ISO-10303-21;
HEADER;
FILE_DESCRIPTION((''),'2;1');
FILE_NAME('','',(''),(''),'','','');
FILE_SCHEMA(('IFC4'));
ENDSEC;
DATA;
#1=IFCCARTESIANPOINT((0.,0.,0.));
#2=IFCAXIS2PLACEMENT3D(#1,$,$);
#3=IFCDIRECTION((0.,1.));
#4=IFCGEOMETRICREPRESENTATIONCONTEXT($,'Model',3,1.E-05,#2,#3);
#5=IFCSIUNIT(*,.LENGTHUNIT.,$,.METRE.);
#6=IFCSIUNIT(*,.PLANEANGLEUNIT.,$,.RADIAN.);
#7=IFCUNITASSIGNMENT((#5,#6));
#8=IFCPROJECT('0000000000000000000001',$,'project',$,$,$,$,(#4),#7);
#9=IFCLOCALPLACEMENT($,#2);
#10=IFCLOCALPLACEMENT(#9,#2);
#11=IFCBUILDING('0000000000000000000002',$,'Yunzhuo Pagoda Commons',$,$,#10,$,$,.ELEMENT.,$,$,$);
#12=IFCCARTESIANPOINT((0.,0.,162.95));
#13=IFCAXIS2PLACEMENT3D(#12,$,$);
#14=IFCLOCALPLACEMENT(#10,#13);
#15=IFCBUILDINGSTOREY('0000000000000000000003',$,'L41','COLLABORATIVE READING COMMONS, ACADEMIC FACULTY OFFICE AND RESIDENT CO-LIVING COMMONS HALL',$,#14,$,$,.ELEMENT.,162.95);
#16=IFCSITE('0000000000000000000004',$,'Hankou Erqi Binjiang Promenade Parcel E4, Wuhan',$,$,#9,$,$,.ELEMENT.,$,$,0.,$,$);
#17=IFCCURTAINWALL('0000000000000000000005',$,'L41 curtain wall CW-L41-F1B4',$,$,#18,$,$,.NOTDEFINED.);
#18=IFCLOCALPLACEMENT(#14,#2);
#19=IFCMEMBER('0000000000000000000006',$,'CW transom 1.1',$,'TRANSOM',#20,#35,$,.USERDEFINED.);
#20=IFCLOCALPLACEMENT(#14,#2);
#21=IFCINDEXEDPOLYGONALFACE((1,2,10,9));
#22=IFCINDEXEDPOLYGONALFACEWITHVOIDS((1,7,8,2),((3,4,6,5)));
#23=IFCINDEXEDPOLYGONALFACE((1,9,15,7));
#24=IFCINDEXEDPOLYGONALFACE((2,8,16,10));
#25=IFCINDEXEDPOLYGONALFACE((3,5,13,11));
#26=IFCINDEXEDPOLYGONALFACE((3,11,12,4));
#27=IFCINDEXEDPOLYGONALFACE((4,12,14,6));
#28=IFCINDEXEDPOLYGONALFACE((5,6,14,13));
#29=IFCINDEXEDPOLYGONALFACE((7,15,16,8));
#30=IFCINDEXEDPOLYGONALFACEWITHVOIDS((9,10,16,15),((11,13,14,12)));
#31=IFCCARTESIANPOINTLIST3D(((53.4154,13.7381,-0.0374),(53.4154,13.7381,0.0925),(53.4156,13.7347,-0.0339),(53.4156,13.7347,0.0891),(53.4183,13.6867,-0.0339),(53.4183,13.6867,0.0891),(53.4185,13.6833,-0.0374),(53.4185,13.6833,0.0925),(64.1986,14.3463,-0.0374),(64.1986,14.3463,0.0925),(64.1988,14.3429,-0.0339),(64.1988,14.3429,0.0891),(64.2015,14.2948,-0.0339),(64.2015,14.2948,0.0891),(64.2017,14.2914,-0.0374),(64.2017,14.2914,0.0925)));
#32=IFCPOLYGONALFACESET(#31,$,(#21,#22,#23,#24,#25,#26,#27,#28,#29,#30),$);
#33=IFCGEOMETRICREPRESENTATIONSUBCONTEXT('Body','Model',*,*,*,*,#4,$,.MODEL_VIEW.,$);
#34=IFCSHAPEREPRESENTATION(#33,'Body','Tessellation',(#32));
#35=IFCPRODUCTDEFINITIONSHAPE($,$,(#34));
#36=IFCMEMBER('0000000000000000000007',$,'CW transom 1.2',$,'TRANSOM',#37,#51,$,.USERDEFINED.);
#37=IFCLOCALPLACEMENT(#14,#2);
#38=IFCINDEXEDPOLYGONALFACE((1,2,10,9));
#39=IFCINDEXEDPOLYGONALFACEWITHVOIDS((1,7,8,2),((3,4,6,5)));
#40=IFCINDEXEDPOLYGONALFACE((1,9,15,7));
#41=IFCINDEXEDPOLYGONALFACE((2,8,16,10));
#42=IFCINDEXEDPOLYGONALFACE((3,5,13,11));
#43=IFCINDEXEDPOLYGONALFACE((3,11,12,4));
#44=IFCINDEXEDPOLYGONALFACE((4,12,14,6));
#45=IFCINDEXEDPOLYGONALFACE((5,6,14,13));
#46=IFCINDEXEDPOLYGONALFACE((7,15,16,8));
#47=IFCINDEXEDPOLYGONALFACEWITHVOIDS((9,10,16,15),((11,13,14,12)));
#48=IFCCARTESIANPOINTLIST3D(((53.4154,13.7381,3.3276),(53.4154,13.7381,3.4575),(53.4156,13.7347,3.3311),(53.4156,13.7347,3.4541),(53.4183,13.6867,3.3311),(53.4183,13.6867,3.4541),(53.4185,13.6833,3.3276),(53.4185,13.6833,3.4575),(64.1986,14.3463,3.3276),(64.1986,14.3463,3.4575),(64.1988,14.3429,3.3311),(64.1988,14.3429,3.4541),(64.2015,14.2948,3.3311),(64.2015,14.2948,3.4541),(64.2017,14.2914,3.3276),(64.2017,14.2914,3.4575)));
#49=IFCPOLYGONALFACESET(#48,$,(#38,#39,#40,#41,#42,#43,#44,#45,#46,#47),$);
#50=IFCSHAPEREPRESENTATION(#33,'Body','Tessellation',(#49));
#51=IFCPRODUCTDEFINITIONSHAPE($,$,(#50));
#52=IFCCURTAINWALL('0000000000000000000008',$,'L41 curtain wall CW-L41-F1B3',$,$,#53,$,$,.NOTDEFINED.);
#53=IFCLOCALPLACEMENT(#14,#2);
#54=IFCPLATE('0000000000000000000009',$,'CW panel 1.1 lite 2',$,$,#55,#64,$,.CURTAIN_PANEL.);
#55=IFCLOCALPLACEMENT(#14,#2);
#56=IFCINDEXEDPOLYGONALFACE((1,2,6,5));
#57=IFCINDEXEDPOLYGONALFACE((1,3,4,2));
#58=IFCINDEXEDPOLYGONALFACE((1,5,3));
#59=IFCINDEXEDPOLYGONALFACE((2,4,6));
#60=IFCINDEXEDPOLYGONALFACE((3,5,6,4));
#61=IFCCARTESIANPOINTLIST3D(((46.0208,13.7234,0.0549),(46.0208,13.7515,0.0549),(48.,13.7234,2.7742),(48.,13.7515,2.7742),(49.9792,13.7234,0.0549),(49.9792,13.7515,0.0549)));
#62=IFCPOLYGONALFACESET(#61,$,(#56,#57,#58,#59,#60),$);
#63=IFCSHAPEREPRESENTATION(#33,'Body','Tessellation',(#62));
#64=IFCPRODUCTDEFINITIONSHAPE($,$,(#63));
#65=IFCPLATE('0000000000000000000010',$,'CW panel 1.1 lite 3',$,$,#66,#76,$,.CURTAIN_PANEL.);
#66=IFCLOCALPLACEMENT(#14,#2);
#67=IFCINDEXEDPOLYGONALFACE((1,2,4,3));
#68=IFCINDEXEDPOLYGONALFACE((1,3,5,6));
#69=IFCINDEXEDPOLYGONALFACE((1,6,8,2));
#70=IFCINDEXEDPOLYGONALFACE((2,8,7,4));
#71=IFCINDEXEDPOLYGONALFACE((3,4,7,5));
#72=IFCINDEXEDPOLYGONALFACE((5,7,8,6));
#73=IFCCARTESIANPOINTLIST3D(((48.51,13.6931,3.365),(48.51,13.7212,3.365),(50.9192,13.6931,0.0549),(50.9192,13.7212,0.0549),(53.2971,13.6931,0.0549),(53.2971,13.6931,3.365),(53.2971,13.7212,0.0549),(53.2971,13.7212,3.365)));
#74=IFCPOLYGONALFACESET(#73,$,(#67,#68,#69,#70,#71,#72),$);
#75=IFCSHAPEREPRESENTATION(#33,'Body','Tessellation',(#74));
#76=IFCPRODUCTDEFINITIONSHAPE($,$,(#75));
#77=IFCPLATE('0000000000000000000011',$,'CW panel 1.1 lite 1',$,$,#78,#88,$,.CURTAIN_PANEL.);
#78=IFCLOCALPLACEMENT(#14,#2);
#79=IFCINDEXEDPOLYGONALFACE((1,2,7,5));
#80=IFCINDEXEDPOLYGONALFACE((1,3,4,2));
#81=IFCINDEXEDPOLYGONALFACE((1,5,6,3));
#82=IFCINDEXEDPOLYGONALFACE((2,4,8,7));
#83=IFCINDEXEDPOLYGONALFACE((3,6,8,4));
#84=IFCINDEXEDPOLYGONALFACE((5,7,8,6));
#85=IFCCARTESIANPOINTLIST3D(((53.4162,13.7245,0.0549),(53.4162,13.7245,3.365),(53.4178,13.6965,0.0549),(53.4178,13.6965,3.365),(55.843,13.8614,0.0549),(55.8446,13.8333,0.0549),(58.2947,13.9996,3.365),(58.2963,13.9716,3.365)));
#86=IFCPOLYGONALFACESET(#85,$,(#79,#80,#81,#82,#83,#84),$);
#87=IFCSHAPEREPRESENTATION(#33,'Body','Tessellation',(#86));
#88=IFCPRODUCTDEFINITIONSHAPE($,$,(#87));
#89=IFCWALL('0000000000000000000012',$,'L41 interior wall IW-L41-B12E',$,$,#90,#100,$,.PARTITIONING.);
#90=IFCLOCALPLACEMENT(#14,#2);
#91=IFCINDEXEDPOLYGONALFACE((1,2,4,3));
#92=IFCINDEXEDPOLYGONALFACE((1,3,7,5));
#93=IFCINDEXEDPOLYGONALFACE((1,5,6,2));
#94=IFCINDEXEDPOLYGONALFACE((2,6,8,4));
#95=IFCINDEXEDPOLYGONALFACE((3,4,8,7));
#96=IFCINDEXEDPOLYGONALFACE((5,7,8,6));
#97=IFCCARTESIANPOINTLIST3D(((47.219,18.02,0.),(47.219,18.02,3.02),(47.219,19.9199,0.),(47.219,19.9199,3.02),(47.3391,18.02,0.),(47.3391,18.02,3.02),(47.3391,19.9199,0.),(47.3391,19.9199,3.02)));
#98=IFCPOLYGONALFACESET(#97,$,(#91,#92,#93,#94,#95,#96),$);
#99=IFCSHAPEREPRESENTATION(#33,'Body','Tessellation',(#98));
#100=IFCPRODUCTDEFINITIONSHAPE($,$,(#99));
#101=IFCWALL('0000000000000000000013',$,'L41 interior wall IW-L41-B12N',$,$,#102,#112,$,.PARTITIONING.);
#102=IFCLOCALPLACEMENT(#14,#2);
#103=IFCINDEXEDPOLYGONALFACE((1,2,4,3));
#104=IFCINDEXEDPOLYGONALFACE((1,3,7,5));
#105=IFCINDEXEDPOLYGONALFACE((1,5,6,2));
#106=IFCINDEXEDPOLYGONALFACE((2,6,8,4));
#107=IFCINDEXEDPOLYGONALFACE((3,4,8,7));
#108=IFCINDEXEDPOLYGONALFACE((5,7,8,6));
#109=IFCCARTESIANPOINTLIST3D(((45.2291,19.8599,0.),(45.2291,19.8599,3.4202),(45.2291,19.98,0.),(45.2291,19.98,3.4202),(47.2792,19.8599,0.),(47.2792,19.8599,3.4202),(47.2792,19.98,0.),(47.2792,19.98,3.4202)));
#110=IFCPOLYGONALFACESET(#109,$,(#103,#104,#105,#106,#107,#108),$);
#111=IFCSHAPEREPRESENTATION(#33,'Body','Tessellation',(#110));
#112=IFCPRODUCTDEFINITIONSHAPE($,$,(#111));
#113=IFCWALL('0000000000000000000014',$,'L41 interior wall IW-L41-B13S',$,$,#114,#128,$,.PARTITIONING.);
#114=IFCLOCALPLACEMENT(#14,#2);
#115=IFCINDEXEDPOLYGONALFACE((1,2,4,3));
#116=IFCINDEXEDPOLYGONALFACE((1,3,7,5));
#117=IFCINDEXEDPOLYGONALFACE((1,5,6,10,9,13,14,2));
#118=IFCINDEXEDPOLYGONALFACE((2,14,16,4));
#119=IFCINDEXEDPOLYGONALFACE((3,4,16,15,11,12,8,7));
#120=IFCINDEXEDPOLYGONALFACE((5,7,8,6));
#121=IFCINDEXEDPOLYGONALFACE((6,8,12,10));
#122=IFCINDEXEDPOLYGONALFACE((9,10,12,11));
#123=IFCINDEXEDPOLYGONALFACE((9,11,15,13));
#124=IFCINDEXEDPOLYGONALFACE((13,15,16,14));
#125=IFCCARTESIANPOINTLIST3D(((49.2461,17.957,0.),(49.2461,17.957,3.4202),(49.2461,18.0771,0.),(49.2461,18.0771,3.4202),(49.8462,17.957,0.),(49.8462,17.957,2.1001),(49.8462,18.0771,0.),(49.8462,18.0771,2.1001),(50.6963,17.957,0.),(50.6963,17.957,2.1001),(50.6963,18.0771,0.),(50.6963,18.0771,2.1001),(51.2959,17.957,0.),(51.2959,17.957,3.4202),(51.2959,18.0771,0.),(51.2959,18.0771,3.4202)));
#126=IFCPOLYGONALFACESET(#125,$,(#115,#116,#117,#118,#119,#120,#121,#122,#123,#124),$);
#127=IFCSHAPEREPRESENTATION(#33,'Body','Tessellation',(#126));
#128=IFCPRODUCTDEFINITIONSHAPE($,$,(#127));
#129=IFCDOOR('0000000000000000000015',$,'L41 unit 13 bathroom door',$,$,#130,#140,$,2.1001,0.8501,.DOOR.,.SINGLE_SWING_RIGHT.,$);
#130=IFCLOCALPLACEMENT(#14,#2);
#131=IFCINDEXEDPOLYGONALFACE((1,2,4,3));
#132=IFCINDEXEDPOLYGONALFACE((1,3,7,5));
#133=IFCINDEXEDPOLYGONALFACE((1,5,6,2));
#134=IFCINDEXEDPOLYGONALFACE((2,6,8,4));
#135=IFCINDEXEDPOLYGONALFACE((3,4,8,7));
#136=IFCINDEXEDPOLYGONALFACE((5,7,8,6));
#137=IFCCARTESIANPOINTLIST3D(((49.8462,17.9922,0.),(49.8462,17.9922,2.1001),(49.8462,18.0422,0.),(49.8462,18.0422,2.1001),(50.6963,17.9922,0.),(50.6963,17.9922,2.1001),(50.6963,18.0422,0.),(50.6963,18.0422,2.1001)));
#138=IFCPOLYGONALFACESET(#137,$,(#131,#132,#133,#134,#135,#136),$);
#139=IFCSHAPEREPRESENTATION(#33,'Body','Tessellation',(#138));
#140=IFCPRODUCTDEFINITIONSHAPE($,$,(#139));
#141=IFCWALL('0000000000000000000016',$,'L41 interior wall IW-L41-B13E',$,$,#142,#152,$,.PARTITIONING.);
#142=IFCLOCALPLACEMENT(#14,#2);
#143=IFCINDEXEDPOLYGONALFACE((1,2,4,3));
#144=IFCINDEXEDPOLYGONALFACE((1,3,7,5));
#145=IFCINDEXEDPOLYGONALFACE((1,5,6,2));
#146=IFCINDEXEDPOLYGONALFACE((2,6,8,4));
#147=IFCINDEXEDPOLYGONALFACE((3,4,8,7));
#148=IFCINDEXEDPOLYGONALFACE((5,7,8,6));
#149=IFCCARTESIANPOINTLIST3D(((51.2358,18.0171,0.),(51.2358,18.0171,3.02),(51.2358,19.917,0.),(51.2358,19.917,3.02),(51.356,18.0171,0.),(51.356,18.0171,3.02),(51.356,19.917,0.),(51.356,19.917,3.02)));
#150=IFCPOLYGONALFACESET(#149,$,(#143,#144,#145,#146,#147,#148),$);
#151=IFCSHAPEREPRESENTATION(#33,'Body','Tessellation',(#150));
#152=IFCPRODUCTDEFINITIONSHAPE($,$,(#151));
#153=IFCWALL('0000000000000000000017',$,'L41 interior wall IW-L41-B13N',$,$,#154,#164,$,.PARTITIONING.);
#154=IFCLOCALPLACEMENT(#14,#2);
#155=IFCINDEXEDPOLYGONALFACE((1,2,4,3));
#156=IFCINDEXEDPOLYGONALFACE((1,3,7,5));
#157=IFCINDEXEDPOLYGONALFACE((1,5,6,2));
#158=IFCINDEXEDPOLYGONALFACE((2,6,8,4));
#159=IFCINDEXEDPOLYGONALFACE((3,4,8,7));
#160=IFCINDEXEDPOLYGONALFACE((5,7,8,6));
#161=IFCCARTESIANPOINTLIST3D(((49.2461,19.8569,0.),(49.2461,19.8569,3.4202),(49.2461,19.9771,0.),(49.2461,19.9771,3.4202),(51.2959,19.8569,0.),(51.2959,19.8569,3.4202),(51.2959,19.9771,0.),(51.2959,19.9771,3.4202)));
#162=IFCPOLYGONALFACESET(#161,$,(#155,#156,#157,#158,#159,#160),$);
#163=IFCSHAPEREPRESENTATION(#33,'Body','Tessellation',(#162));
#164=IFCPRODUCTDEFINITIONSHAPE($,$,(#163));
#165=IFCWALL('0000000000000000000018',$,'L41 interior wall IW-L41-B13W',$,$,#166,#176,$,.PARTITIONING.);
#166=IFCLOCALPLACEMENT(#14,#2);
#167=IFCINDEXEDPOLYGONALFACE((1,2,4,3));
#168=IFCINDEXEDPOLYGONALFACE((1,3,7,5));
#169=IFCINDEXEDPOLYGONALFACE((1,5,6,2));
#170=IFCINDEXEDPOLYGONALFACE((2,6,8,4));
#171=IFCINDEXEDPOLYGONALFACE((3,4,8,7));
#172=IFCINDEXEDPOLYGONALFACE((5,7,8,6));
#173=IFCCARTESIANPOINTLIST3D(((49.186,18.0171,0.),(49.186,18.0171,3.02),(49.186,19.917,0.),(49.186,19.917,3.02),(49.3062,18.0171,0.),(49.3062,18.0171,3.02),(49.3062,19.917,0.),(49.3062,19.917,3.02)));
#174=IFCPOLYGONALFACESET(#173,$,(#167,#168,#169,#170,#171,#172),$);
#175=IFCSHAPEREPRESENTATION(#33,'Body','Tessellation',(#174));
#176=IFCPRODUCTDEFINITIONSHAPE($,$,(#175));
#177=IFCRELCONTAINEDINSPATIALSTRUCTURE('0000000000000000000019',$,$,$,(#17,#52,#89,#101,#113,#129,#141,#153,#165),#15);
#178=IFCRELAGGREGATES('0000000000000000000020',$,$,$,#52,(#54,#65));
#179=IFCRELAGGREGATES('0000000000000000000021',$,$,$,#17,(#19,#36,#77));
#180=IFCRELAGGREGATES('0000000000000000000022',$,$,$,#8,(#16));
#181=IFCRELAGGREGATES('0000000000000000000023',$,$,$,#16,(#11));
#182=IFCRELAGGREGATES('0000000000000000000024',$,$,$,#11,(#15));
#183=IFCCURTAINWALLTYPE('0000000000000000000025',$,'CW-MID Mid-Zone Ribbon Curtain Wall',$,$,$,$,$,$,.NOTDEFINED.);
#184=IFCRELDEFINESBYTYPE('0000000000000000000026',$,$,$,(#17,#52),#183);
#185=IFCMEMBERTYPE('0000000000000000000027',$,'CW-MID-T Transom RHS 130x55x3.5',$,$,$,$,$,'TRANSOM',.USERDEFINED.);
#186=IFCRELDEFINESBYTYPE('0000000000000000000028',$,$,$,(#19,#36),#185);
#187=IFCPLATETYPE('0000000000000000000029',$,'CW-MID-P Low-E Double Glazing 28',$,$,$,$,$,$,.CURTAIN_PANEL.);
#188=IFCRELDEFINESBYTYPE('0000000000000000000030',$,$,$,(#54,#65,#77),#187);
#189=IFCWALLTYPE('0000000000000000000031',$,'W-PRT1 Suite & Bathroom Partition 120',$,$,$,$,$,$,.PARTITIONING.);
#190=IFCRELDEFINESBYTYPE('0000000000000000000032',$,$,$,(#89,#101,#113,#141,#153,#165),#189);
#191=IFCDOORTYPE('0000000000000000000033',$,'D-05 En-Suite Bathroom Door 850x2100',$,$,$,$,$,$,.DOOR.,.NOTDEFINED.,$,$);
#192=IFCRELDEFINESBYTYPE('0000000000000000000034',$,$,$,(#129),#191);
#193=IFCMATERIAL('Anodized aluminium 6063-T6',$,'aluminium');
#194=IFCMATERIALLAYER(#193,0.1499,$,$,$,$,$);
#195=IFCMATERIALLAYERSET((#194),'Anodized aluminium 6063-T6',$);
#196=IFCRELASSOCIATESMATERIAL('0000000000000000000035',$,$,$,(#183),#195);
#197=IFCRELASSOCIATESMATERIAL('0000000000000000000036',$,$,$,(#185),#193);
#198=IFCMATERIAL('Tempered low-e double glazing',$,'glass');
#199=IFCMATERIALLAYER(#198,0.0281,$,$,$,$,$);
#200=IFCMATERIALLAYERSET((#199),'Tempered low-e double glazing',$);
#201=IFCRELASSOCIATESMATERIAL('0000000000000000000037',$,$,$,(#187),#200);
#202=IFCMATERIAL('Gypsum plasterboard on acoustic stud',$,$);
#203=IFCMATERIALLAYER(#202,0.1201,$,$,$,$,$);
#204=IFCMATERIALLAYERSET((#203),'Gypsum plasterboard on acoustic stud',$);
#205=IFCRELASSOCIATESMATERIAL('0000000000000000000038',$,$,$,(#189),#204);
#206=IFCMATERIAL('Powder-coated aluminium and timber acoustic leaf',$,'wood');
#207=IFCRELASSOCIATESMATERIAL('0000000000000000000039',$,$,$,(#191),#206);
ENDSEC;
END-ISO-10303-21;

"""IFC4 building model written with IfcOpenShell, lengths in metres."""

from ifc_helpers import new_model, si_unit, direction, frame, frame_2d, origin, origin_2d, place, context, subcontext, project, spatial, polyline, rectangle, hollow_rectangle, outline, extrude, source, transform, mapped, material, layer, layer_set, material_profile, profile_set, type_object, element, fill, aggregate, save


model = new_model("IFC4")

# Units and contexts
model_context = context("Model", 3, precision=1e-05, world=origin(), true_north=direction((0.0, 1.0)))
body_context = subcontext(model_context, "Body", "Model", "MODEL_VIEW")
ifc_project = project(units=[si_unit("LENGTHUNIT", "METRE"), si_unit("PLANEANGLEUNIT", "RADIAN")], contexts=[model_context])

# Site, building, storey
site_placement = place(None, origin())
site = spatial("IfcSite", under=ifc_project, at=site_placement, Name="Hankou Erqi Binjiang Promenade Parcel E4, Wuhan", CompositionType="ELEMENT", RefElevation=0.0)
building_placement = place(site_placement, origin())
building = spatial("IfcBuilding", under=site, at=building_placement, Name="Yunzhuo Pagoda Commons", CompositionType="ELEMENT")
storey_placement = place(building_placement, frame((0.0, 0.0, 162.95)))
storey = spatial("IfcBuildingStorey", under=building, at=storey_placement, Name="L41", Description="COLLABORATIVE READING COMMONS, ACADEMIC FACULTY OFFICE AND RESIDENT CO-LIVING COMMONS HALL", CompositionType="ELEMENT", Elevation=162.95)

# Curtain wall, members
ifc_material_1 = material(Name="Anodized aluminium 6063-T6", Category="aluminium")
ifc_layer_1 = layer(ifc_material_1, 0.1499)
ifc_layer_set_1 = layer_set([ifc_layer_1], Name="Anodized aluminium 6063-T6")
curtain_wall_type = type_object("IfcCurtainWallType", Name="CW-MID Mid-Zone Ribbon Curtain Wall", PredefinedType="NOTDEFINED", material=ifc_layer_set_1)
curtain_wall_1_placement = place(storey_placement, origin())
curtain_wall_1 = element("IfcCurtainWall", 1, at=curtain_wall_1_placement, inside=storey, type_object=curtain_wall_type, Name="L41 curtain wall CW-L41-F1B4", PredefinedType="NOTDEFINED")
ifc_material_profile_1 = material_profile(ifc_material_1, hollow_rectangle(XDim=0.0549, YDim=0.1299, WallThickness=0.0034, at=origin_2d()), Name="Anodized aluminium 6063-T6")
ifc_profile_set_1 = profile_set([ifc_material_profile_1], Name="Anodized aluminium 6063-T6")
member_type_1 = type_object("IfcMemberType", Name="CW-MID-T Transom RHS 130x55x3.5", ElementType="TRANSOM", PredefinedType="USERDEFINED", material=ifc_profile_set_1)
shared_shape_1 = source(origin(), body_context, "Body", "SweptSolid", [
    extrude(hollow_rectangle(XDim=0.0549, YDim=0.1299, WallThickness=0.0034, at=origin_2d()), origin(), (0.0, 0.0, 1.0), 10.8003),
])
member_1_placement = place(storey_placement, frame((53.417, 13.7107, 0.0276), z_axis=(0.998413, 0.056309, 0.0), x_axis=(-0.056309, 0.998413, 0.0)))
member_1 = element("IfcMember", 2, at=member_1_placement, type_object=member_type_1, Name="CW transom 1.1", ObjectType="TRANSOM", PredefinedType="USERDEFINED", context=body_context, shape_type="MappedRepresentation", body=[
    mapped(shared_shape_1, transform((0.0, 0.0, 0.0), scale=1.0)),
])
member_2_placement = place(storey_placement, frame((53.417, 13.7107, 3.3926), z_axis=(0.998413, 0.056309, 0.0), x_axis=(-0.056309, 0.998413, 0.0)))
member_2 = element("IfcMember", 3, at=member_2_placement, type_object=member_type_1, Name="CW transom 1.2", ObjectType="TRANSOM", PredefinedType="USERDEFINED", context=body_context, shape_type="MappedRepresentation", body=[
    mapped(shared_shape_1, transform((0.0, 0.0, 0.0), scale=1.0)),
])

# Curtain wall, plates
curtain_wall_2_placement = place(storey_placement, origin())
curtain_wall_2 = element("IfcCurtainWall", 4, at=curtain_wall_2_placement, inside=storey, type_object=curtain_wall_type, Name="L41 curtain wall CW-L41-F1B3", PredefinedType="NOTDEFINED")
ifc_material_2 = material(Name="Tempered low-e double glazing", Category="glass")
ifc_layer_2 = layer(ifc_material_2, 0.0281)
ifc_layer_set_2 = layer_set([ifc_layer_2], Name="Tempered low-e double glazing")
plate_type = type_object("IfcPlateType", Name="CW-MID-P Low-E Double Glazing 28", PredefinedType="CURTAIN_PANEL", material=ifc_layer_set_2)
plate_1_placement = place(storey_placement, frame((48.0, 13.7515, 1.4146), z_axis=(0.0, -1.0, 0.0), x_axis=(1.0, 0.0, 0.0)))
plate_1 = element("IfcPlate", 5, at=plate_1_placement, type_object=plate_type, Name="CW panel 1.1 lite 2", PredefinedType="CURTAIN_PANEL", context=body_context, shape_type="SweptSolid", body=[
    extrude(outline(polyline([(-1.9792, -1.3596), (1.9792, -1.3596), (0.0, 1.3596), (-1.9792, -1.3596)])), origin(), (0.0, 0.0, 1.0), 0.0281),
])
plate_2_placement = place(storey_placement, frame((50.9036, 13.7212, 1.71), z_axis=(0.0, -1.0, 0.0), x_axis=(1.0, 0.0, 0.0)))
plate_2 = element("IfcPlate", 6, at=plate_2_placement, type_object=plate_type, Name="CW panel 1.1 lite 3", PredefinedType="CURTAIN_PANEL", context=body_context, shape_type="SweptSolid", body=[
    extrude(outline(polyline([(-2.3936, 1.655), (0.0156, -1.655), (2.3936, -1.655), (2.3936, 1.655), (-2.3936, 1.655)])), origin(), (0.0, 0.0, 1.0), 0.0281),
])
aggregate(curtain_wall_2, [plate_1, plate_2])

# Plate
plate_3_placement = place(storey_placement, frame((55.8555, 13.8621, 1.71), z_axis=(0.056299, -0.998414, 0.0), x_axis=(0.998414, 0.056299, 0.0)))
plate_3 = element("IfcPlate", 7, at=plate_3_placement, type_object=plate_type, Name="CW panel 1.1 lite 1", PredefinedType="CURTAIN_PANEL", context=body_context, shape_type="SweptSolid", body=[
    extrude(outline(polyline([(-2.4431, -1.655), (-0.0125, -1.655), (2.4431, 1.655), (-2.4431, 1.655), (-2.4431, -1.655)])), origin(), (0.0, 0.0, 1.0), 0.0281),
])
aggregate(curtain_wall_1, [member_1, member_2, plate_3])

# Walls
ifc_material_3 = material(Name="Gypsum plasterboard on acoustic stud")
ifc_layer_3 = layer(ifc_material_3, 0.1201)
ifc_layer_set_3 = layer_set([ifc_layer_3], Name="Gypsum plasterboard on acoustic stud")
wall_type = type_object("IfcWallType", Name="W-PRT1 Suite & Bathroom Partition 120", PredefinedType="PARTITIONING", material=ifc_layer_set_3)
wall_1_placement = place(storey_placement, frame((47.2791, 18.02, 0.0), z_axis=(0.0, 0.0, 1.0), x_axis=(0.0, 1.0, 0.0)))
element("IfcWall", 8, at=wall_1_placement, inside=storey, type_object=wall_type, Name="L41 interior wall IW-L41-B12E", PredefinedType="PARTITIONING", context=body_context, shape_type="SweptSolid", body=[
    extrude(rectangle(XDim=1.8999, YDim=0.1201, at=frame_2d((0.95, 0.0))), origin(), (0.0, 0.0, 1.0), 3.02),
])
wall_2_placement = place(storey_placement, frame((47.2791, 19.9199, 0.0), z_axis=(0.0, 0.0, 1.0), x_axis=(-1.0, 0.0, 0.0)))
element("IfcWall", 9, at=wall_2_placement, inside=storey, type_object=wall_type, Name="L41 interior wall IW-L41-B12N", PredefinedType="PARTITIONING", context=body_context, shape_type="SweptSolid", body=[
    extrude(rectangle(XDim=2.05, YDim=0.1201, at=frame_2d((1.0249, 0.0))), origin(), (0.0, 0.0, 1.0), 3.4202),
])

# Wall, opening, door
wall_3_placement = place(storey_placement, frame((49.2461, 18.0171, 0.0), z_axis=(0.0, 0.0, 1.0), x_axis=(1.0, 0.0, 0.0)))
wall_3 = element("IfcWall", 10, at=wall_3_placement, inside=storey, type_object=wall_type, Name="L41 interior wall IW-L41-B13S", PredefinedType="PARTITIONING", context=body_context, shape_type="SweptSolid", body=[
    extrude(rectangle(XDim=2.0498, YDim=0.1201, at=frame_2d((1.0249, 0.0))), origin(), (0.0, 0.0, 1.0), 3.4202),
])
opening_1_placement = place(wall_3_placement, frame((0.6001, 0.0, 0.0)))
opening_1 = element("IfcOpeningElement", 11, at=opening_1_placement, cuts=wall_3, PredefinedType="OPENING", context=body_context, shape_type="SweptSolid", body=[
    extrude(rectangle(XDim=0.8501, YDim=2.1001, at=frame_2d((0.425, 1.05))), frame((0.0, 0.0701, 0.0), z_axis=(0.0, -1.0, 0.0), x_axis=(1.0, 0.0, 0.0)), (0.0, 0.0, 1.0), 0.1401),
])
ifc_material_4 = material(Name="Powder-coated aluminium and timber acoustic leaf", Category="wood")
door_type_1 = type_object("IfcDoorType", Name="D-05 En-Suite Bathroom Door 850x2100", OperationType="NOTDEFINED", PredefinedType="DOOR", material=ifc_material_4)
shared_shape_2 = source(origin(), body_context, "Body", "SweptSolid", [
    extrude(rectangle(XDim=0.8501, YDim=2.1001, at=frame_2d((0.425, 1.05))), frame((0.0, 0.0249, 0.0), z_axis=(0.0, -1.0, 0.0), x_axis=(1.0, 0.0, 0.0)), (0.0, 0.0, 1.0), 0.05),
])
door_1_placement = place(opening_1_placement, frame((0.8501, 0.0, 0.0), z_axis=(0.0, 0.0, 1.0), x_axis=(-1.0, 0.0, 0.0)))
door_1 = element("IfcDoor", 12, at=door_1_placement, inside=storey, type_object=door_type_1, Name="L41 unit 13 bathroom door", OperationType="SINGLE_SWING_RIGHT", OverallHeight=2.1001, OverallWidth=0.8501, PredefinedType="DOOR", context=body_context, shape_type="MappedRepresentation", body=[
    mapped(shared_shape_2, transform((0.0, 0.0, 0.0), scale=1.0)),
])
fill(opening_1, door_1)

# Walls
wall_4_placement = place(storey_placement, frame((51.2959, 18.0171, 0.0), z_axis=(0.0, 0.0, 1.0), x_axis=(0.0, 1.0, 0.0)))
element("IfcWall", 13, at=wall_4_placement, inside=storey, type_object=wall_type, Name="L41 interior wall IW-L41-B13E", PredefinedType="PARTITIONING", context=body_context, shape_type="SweptSolid", body=[
    extrude(rectangle(XDim=1.8999, YDim=0.1201, at=frame_2d((0.95, 0.0))), origin(), (0.0, 0.0, 1.0), 3.02),
])
wall_5_placement = place(storey_placement, frame((51.2959, 19.917, 0.0), z_axis=(0.0, 0.0, 1.0), x_axis=(-1.0, 0.0, 0.0)))
element("IfcWall", 14, at=wall_5_placement, inside=storey, type_object=wall_type, Name="L41 interior wall IW-L41-B13N", PredefinedType="PARTITIONING", context=body_context, shape_type="SweptSolid", body=[
    extrude(rectangle(XDim=2.0498, YDim=0.1201, at=frame_2d((1.0249, 0.0))), origin(), (0.0, 0.0, 1.0), 3.4202),
])
wall_6_placement = place(storey_placement, frame((49.2461, 19.917, 0.0), z_axis=(0.0, 0.0, 1.0), x_axis=(0.0, -1.0, 0.0)))
element("IfcWall", 15, at=wall_6_placement, inside=storey, type_object=wall_type, Name="L41 interior wall IW-L41-B13W", PredefinedType="PARTITIONING", context=body_context, shape_type="SweptSolid", body=[
    extrude(rectangle(XDim=1.8999, YDim=0.1201, at=frame_2d((0.95, 0.0))), origin(), (0.0, 0.0, 1.0), 3.02),
])

save(model, "model.ifc")
